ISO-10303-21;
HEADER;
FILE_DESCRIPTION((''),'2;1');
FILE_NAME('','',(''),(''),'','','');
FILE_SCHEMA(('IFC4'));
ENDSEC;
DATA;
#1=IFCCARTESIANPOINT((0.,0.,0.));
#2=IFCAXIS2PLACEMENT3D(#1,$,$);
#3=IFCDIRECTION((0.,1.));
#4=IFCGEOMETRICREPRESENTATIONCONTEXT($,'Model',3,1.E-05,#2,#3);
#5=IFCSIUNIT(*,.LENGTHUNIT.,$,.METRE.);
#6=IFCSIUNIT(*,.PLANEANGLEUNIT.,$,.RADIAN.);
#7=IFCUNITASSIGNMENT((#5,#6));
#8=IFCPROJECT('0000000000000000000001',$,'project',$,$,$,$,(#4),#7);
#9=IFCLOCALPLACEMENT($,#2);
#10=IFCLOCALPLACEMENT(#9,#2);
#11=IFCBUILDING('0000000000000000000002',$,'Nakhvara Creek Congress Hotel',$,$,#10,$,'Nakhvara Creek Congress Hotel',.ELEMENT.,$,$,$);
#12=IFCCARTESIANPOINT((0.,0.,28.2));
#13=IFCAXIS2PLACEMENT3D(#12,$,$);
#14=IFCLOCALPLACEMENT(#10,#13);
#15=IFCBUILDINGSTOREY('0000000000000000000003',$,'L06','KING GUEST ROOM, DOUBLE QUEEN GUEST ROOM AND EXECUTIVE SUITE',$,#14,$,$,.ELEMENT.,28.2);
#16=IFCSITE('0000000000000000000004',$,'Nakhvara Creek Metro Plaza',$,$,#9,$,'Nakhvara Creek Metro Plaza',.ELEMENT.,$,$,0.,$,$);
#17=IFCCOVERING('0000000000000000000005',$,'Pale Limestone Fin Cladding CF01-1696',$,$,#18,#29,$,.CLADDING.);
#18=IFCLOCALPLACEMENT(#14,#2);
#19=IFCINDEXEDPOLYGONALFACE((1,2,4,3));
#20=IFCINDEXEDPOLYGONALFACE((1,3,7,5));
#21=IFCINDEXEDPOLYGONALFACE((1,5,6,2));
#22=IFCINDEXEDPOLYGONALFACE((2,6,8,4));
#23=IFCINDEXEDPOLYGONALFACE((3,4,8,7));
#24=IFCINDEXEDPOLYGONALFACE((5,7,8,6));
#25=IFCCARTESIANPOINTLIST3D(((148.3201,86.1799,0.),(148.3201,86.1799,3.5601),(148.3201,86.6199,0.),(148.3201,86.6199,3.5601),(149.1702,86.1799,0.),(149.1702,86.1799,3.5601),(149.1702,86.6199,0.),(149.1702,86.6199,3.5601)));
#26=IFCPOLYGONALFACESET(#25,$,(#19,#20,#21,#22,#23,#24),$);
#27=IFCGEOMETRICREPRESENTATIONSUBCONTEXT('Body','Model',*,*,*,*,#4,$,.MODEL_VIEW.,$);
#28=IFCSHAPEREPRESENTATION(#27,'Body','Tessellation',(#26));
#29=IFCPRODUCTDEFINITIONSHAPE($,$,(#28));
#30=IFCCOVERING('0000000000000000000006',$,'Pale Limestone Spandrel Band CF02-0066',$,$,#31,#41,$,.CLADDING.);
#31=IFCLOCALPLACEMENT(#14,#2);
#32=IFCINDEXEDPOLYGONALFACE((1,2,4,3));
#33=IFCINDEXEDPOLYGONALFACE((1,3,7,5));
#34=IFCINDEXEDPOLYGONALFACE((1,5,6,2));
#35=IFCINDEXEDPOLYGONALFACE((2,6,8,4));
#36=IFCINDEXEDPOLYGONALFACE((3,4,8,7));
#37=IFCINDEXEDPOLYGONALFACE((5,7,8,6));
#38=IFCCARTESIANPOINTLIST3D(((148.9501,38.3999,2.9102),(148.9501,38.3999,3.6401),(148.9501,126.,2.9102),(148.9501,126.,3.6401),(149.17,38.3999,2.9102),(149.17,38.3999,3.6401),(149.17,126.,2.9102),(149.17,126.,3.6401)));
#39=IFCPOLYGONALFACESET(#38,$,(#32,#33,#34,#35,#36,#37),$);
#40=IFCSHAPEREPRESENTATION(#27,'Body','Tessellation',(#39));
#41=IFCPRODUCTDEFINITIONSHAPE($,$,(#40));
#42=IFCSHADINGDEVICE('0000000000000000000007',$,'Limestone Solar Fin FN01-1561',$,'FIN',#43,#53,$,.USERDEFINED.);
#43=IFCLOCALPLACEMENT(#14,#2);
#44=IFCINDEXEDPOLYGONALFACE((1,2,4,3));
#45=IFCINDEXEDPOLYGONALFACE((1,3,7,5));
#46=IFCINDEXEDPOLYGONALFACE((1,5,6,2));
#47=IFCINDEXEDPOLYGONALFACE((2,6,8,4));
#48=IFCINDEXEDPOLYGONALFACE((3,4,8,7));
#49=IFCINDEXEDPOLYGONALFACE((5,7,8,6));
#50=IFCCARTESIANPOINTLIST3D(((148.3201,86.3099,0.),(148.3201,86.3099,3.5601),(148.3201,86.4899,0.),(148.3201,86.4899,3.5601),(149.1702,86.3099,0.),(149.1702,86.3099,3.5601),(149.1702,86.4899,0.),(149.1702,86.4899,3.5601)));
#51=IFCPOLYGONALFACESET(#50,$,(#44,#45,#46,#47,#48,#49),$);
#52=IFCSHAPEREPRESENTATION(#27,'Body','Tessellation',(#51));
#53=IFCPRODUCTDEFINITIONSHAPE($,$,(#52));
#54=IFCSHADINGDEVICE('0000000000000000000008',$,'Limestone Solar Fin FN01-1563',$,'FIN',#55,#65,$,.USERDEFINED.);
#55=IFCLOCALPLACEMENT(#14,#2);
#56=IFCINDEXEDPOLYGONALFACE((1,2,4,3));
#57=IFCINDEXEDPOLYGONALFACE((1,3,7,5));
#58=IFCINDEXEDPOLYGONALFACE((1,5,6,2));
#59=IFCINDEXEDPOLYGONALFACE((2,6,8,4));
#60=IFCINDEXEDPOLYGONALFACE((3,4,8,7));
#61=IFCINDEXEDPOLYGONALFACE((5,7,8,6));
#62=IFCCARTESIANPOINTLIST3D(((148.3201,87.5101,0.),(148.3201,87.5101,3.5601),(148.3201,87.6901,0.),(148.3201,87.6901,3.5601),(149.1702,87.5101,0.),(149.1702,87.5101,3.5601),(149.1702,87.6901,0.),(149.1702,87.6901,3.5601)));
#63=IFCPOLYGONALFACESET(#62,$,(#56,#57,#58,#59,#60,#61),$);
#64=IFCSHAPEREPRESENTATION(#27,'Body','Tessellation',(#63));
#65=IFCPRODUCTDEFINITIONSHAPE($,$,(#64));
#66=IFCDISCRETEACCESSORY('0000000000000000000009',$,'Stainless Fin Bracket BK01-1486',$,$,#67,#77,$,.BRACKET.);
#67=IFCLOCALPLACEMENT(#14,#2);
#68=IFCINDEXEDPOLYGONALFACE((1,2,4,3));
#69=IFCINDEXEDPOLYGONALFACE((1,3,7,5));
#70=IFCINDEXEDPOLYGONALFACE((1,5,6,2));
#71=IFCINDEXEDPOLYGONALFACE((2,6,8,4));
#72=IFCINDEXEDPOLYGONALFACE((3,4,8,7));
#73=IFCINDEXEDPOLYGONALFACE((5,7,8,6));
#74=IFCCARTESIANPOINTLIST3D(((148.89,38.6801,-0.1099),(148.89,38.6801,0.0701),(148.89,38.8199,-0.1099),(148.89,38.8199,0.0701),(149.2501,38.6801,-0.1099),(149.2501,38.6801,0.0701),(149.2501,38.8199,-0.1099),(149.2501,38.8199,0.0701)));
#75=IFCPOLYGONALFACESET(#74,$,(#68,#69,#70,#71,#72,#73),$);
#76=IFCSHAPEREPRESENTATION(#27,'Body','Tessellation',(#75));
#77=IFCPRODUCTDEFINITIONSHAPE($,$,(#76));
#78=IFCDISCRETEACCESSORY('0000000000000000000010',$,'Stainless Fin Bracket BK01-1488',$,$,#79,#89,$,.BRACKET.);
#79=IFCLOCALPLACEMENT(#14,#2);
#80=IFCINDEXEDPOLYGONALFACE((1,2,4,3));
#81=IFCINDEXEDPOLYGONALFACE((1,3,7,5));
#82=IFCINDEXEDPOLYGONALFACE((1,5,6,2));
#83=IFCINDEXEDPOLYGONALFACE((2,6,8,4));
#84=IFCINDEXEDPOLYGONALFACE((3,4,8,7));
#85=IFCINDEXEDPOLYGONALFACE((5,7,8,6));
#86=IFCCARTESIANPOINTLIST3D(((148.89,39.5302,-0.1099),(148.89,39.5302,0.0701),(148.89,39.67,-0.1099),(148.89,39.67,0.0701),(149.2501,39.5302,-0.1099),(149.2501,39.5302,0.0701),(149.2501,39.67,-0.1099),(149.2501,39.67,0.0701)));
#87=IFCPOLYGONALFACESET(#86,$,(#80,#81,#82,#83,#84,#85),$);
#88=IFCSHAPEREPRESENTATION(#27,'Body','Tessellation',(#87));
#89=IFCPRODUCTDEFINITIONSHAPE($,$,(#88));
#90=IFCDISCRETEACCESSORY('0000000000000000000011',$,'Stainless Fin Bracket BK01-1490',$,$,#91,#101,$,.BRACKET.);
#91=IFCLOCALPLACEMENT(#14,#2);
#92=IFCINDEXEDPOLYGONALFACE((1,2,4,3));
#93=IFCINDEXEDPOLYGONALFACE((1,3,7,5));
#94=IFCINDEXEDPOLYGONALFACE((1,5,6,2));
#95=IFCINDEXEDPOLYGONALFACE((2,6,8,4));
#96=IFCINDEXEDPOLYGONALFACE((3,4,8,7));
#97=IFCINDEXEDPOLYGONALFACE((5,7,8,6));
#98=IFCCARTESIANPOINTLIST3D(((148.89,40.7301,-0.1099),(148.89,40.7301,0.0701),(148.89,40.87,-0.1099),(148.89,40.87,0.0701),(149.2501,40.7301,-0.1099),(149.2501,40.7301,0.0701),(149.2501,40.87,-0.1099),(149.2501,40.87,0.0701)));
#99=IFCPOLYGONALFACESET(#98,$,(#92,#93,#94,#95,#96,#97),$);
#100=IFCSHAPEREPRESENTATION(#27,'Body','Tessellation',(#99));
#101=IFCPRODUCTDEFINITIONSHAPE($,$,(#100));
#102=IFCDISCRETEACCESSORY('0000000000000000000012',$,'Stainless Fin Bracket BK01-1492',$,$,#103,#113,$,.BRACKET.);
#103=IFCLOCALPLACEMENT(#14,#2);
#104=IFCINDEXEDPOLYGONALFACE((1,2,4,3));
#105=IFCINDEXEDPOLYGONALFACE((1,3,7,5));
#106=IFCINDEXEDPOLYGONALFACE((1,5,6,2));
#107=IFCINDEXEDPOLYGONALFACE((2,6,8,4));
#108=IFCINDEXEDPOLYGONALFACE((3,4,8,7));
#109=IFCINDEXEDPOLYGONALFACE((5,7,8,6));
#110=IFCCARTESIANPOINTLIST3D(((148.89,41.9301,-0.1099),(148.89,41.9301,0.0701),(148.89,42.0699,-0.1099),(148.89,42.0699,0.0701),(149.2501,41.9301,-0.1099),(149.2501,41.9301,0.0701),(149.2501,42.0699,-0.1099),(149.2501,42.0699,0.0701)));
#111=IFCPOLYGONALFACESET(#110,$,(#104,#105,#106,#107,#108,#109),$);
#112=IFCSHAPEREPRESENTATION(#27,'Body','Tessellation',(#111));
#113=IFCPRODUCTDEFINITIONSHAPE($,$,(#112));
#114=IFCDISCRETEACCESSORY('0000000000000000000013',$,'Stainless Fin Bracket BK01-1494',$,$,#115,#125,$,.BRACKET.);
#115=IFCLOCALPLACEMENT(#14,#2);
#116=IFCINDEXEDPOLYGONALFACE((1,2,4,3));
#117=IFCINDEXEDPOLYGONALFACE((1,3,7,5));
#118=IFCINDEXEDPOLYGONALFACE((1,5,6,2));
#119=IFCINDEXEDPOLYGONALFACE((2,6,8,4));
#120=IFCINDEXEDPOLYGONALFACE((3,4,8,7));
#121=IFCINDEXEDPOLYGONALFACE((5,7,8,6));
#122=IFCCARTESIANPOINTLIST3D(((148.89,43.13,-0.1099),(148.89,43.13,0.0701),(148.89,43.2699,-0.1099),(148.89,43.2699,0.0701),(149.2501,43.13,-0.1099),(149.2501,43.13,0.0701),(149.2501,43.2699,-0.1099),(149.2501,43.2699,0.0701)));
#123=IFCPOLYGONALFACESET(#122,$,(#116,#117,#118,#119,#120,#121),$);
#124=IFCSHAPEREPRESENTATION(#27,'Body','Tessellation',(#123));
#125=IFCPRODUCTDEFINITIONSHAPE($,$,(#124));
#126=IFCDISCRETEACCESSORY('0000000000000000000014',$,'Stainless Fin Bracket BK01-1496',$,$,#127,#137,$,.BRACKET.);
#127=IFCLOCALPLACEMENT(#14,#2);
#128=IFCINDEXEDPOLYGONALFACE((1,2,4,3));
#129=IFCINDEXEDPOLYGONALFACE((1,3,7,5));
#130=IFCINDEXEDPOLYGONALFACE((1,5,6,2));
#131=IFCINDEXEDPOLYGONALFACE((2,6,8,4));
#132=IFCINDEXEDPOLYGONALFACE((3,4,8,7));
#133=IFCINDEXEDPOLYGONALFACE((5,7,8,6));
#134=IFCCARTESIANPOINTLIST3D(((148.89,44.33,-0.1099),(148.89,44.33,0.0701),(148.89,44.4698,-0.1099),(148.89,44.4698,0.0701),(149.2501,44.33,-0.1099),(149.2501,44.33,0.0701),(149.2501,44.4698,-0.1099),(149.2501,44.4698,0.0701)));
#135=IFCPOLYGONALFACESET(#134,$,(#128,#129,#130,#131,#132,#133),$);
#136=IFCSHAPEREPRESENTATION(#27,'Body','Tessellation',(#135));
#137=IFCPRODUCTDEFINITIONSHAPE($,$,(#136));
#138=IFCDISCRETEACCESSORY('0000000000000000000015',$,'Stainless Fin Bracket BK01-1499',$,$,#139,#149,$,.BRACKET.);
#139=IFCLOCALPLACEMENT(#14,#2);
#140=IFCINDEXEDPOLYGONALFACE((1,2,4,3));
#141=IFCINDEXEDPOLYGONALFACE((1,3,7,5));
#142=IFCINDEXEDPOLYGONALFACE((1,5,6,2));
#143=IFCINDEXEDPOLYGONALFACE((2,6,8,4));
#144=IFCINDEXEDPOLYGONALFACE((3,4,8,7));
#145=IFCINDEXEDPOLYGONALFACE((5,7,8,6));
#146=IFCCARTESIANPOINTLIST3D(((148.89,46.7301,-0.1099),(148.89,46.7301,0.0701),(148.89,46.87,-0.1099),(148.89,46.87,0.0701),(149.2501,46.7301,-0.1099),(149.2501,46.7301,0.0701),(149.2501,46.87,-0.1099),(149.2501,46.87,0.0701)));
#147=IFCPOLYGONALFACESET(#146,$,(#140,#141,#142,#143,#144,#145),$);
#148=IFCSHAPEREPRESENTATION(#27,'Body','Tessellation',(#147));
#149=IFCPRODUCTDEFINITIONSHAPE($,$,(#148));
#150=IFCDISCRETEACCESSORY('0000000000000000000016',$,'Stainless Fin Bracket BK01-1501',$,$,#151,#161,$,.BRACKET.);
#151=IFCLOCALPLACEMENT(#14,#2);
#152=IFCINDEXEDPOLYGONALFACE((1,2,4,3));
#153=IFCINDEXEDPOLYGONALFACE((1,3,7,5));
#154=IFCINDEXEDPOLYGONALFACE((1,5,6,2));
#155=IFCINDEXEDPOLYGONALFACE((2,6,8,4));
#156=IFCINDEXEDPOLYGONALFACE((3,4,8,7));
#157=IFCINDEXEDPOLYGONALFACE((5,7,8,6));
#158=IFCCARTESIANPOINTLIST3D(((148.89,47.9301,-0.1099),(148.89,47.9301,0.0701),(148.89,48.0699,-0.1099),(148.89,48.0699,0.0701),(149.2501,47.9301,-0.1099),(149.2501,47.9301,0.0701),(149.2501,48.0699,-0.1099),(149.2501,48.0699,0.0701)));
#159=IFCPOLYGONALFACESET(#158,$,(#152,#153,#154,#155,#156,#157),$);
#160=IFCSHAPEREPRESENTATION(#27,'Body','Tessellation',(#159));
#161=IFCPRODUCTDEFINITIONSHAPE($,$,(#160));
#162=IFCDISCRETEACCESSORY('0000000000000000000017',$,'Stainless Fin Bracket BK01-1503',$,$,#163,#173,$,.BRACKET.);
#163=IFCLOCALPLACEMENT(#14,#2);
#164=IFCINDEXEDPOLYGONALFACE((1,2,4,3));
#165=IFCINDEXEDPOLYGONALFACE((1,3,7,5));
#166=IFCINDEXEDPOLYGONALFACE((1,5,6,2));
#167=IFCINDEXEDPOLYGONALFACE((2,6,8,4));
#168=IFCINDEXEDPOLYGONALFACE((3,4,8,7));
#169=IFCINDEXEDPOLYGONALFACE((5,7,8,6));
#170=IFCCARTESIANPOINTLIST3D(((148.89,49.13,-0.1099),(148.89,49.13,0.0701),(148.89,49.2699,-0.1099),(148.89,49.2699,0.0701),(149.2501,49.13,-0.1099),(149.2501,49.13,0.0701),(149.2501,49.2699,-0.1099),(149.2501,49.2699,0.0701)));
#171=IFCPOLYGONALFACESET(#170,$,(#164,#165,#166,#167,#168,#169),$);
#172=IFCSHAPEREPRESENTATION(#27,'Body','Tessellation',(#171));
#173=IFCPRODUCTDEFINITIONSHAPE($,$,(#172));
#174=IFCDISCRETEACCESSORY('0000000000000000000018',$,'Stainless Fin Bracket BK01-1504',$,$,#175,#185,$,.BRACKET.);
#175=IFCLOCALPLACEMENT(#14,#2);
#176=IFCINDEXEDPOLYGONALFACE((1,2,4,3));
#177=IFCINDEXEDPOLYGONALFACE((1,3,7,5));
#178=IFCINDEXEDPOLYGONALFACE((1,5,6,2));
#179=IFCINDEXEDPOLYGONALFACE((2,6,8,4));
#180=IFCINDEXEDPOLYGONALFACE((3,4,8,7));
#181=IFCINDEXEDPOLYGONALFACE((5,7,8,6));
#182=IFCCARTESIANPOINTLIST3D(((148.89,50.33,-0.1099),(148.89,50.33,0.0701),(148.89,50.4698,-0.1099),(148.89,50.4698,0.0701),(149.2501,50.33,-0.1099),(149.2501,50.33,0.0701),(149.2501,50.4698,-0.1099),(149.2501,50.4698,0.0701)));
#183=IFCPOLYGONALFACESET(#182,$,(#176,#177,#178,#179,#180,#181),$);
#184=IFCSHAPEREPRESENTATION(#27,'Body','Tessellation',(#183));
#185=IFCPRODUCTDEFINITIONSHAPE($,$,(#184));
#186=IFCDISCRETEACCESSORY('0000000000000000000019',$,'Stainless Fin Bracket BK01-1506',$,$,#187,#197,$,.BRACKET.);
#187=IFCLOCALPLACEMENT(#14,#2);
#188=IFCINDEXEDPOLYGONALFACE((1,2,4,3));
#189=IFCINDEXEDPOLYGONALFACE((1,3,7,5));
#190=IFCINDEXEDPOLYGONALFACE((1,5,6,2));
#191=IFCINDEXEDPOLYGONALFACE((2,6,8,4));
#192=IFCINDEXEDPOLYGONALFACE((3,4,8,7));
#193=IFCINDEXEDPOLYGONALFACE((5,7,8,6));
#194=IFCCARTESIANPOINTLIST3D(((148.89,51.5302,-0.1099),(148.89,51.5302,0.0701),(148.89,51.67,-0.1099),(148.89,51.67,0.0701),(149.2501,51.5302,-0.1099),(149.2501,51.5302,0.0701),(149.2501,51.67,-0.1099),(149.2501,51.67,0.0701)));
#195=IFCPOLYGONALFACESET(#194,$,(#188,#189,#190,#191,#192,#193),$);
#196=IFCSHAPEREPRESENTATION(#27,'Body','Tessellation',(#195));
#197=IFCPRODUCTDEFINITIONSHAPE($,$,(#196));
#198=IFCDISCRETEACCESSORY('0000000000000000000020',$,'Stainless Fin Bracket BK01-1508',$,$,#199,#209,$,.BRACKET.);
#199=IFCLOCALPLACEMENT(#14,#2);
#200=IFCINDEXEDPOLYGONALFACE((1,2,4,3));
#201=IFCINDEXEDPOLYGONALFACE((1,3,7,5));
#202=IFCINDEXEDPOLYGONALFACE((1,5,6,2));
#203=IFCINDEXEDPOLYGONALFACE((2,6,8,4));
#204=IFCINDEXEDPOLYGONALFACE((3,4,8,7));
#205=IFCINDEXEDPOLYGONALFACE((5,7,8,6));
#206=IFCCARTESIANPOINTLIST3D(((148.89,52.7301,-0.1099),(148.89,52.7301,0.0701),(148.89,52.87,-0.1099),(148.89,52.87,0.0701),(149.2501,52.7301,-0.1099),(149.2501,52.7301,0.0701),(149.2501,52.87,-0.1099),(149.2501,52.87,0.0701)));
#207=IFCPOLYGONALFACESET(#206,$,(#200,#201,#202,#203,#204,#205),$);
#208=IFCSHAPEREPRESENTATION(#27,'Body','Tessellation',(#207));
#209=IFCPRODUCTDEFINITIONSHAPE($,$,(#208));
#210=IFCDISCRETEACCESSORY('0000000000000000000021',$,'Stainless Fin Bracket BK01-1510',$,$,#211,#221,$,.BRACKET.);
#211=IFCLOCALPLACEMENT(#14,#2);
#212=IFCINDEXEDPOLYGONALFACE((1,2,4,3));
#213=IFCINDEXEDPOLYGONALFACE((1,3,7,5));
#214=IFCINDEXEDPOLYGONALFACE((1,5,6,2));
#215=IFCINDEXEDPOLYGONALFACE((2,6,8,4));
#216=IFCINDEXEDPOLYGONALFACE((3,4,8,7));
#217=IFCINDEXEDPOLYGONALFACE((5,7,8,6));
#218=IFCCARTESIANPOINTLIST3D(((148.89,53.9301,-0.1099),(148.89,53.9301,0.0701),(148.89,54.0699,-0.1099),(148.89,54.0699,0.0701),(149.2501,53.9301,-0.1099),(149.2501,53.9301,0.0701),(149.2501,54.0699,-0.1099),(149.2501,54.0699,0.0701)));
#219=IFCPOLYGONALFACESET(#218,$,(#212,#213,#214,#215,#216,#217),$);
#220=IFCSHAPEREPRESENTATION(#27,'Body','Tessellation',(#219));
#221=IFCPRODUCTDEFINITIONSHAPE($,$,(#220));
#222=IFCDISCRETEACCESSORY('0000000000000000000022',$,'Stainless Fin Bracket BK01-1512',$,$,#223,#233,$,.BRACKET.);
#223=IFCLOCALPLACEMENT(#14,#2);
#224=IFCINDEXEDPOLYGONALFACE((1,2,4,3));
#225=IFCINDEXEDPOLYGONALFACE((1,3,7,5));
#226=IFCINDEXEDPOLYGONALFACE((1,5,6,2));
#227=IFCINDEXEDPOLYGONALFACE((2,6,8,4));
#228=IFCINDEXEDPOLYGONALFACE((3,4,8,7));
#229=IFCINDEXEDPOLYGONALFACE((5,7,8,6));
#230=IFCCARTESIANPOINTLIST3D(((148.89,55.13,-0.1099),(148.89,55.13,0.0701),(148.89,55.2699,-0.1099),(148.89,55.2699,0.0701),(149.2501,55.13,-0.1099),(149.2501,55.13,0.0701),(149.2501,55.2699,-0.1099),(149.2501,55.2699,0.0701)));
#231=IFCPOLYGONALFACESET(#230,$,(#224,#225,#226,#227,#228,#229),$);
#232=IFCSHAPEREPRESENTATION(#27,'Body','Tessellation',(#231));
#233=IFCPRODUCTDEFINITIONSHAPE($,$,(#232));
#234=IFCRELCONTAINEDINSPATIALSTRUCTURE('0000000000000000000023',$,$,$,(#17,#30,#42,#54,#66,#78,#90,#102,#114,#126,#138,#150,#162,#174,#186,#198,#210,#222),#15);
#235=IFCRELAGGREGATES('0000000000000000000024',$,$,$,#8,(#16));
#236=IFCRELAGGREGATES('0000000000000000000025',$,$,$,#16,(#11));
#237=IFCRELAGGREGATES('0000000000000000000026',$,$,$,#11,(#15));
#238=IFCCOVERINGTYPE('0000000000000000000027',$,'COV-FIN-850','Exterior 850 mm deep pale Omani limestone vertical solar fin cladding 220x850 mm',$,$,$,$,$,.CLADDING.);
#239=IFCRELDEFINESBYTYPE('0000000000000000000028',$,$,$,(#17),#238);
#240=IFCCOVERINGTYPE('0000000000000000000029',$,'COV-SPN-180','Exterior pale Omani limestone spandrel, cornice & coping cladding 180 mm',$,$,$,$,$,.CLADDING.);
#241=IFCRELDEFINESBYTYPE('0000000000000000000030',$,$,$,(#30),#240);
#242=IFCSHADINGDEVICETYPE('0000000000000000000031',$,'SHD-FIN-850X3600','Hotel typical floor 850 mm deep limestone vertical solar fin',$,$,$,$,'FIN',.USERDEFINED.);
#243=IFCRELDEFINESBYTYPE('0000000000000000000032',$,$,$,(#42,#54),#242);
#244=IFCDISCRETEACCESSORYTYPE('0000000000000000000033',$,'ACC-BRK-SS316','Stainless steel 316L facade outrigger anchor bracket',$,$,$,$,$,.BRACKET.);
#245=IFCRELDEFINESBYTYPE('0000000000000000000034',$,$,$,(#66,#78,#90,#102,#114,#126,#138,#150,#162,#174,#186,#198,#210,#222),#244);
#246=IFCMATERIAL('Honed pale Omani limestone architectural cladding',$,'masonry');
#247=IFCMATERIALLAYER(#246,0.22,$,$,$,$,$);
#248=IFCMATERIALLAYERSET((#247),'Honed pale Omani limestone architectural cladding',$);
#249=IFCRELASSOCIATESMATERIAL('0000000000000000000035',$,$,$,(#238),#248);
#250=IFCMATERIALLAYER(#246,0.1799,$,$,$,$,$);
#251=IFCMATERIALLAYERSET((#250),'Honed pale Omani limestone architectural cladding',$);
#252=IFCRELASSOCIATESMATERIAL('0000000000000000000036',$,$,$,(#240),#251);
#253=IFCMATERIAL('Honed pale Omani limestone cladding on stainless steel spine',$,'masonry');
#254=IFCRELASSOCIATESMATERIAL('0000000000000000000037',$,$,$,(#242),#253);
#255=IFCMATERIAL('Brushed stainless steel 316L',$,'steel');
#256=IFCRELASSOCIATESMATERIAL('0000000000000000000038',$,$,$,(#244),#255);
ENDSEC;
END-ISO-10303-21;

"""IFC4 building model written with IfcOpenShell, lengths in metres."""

from ifc_helpers import new_model, si_unit, direction, frame, origin, origin_2d, place, context, subcontext, project, spatial, rectangle, extrude, material, layer, layer_set, type_object, element, save


model = new_model("IFC4")

# Units and contexts
model_context = context("Model", 3, precision=1e-05, world=origin(), true_north=direction((0.0, 1.0)))
body_context = subcontext(model_context, "Body", "Model", "MODEL_VIEW")
ifc_project = project(units=[si_unit("LENGTHUNIT", "METRE"), si_unit("PLANEANGLEUNIT", "RADIAN")], contexts=[model_context])

# Site, building, storey
site_placement = place(None, origin())
site = spatial("IfcSite", under=ifc_project, at=site_placement, Name="Nakhvara Creek Metro Plaza", LongName="Nakhvara Creek Metro Plaza", CompositionType="ELEMENT", RefElevation=0.0)
building_placement = place(site_placement, origin())
building = spatial("IfcBuilding", under=site, at=building_placement, Name="Nakhvara Creek Congress Hotel", LongName="Nakhvara Creek Congress Hotel", CompositionType="ELEMENT")
storey_placement = place(building_placement, frame((0.0, 0.0, 28.2)))
storey = spatial("IfcBuildingStorey", under=building, at=storey_placement, Name="L06", Description="KING GUEST ROOM, DOUBLE QUEEN GUEST ROOM AND EXECUTIVE SUITE", CompositionType="ELEMENT", Elevation=28.2)

# Coverings
ifc_material_1 = material(Name="Honed pale Omani limestone architectural cladding", Category="masonry")
ifc_layer_1 = layer(ifc_material_1, 0.22)
ifc_layer_set_1 = layer_set([ifc_layer_1], Name="Honed pale Omani limestone architectural cladding")
covering_type_1 = type_object("IfcCoveringType", Name="COV-FIN-850", Description="Exterior 850 mm deep pale Omani limestone vertical solar fin cladding 220x850 mm", PredefinedType="CLADDING", material=ifc_layer_set_1)
covering_1_placement = place(storey_placement, frame((148.7451, 86.3999, 0.0), z_axis=(0.0, 0.0, 1.0), x_axis=(0.0, 1.0, 0.0)))
element("IfcCovering", 1, at=covering_1_placement, inside=storey, type_object=covering_type_1, Name="Pale Limestone Fin Cladding CF01-1696", PredefinedType="CLADDING", context=body_context, shape_type="SweptSolid", body=[
    extrude(rectangle(XDim=0.4399, YDim=0.8501, at=origin_2d()), origin(), (0.0, 0.0, 1.0), 3.5601),
])
ifc_layer_2 = layer(ifc_material_1, 0.1799)
ifc_layer_set_2 = layer_set([ifc_layer_2], Name="Honed pale Omani limestone architectural cladding")
covering_type_2 = type_object("IfcCoveringType", Name="COV-SPN-180", Description="Exterior pale Omani limestone spandrel, cornice & coping cladding 180 mm", PredefinedType="CLADDING", material=ifc_layer_set_2)
covering_2_placement = place(storey_placement, frame((149.0601, 82.2, 2.9102), z_axis=(0.0, 0.0, 1.0), x_axis=(0.0, 1.0, 0.0)))
element("IfcCovering", 2, at=covering_2_placement, inside=storey, type_object=covering_type_2, Name="Pale Limestone Spandrel Band CF02-0066", PredefinedType="CLADDING", context=body_context, shape_type="SweptSolid", body=[
    extrude(rectangle(XDim=87.6001, YDim=0.22, at=origin_2d()), origin(), (0.0, 0.0, 1.0), 0.73),
])

# Shading devices
ifc_material_2 = material(Name="Honed pale Omani limestone cladding on stainless steel spine", Category="masonry")
shading_device_type = type_object("IfcShadingDeviceType", Name="SHD-FIN-850X3600", Description="Hotel typical floor 850 mm deep limestone vertical solar fin", ElementType="FIN", PredefinedType="USERDEFINED", material=ifc_material_2)
for number, where, z_axis, x_axis, name in (
    (3, (148.7451, 86.3999, 0.0), (0.0, 0.0, 1.0), (0.0, 1.0, 0.0), "Limestone Solar Fin FN01-1561"),
    (4, (148.7451, 87.6001, 0.0), (0.0, 0.0, 1.0), (0.0, 1.0, 0.0), "Limestone Solar Fin FN01-1563"),
):
    element("IfcShadingDevice", number, at=place(storey_placement, frame(where, z_axis=z_axis, x_axis=x_axis)), inside=storey, type_object=shading_device_type, Name=name, ObjectType="FIN", PredefinedType="USERDEFINED", context=body_context, shape_type="SweptSolid", body=[
        extrude(rectangle(XDim=0.1799, YDim=0.8501, at=origin_2d()), origin(), (0.0, 0.0, 1.0), 3.5601),
    ])

# Discrete accessories
ifc_material_3 = material(Name="Brushed stainless steel 316L", Category="steel")
discrete_accessory_type = type_object("IfcDiscreteAccessoryType", Name="ACC-BRK-SS316", Description="Stainless steel 316L facade outrigger anchor bracket", PredefinedType="BRACKET", material=ifc_material_3)
for number, where, z_axis, x_axis, name in (
    (5, (149.0701, 38.75, -0.1099), (0.0, 0.0, 1.0), (0.0, 1.0, 0.0), "Stainless Fin Bracket BK01-1486"),
    (6, (149.0701, 39.6001, -0.1099), (0.0, 0.0, 1.0), (0.0, 1.0, 0.0), "Stainless Fin Bracket BK01-1488"),
    (7, (149.0701, 40.8, -0.1099), (0.0, 0.0, 1.0), (0.0, 1.0, 0.0), "Stainless Fin Bracket BK01-1490"),
    (8, (149.0701, 42.0, -0.1099), (0.0, 0.0, 1.0), (0.0, 1.0, 0.0), "Stainless Fin Bracket BK01-1492"),
    (9, (149.0701, 43.2, -0.1099), (0.0, 0.0, 1.0), (0.0, 1.0, 0.0), "Stainless Fin Bracket BK01-1494"),
    (10, (149.0701, 44.3999, -0.1099), (0.0, 0.0, 1.0), (0.0, 1.0, 0.0), "Stainless Fin Bracket BK01-1496"),
    (11, (149.0701, 46.8, -0.1099), (0.0, 0.0, 1.0), (0.0, 1.0, 0.0), "Stainless Fin Bracket BK01-1499"),
    (12, (149.0701, 48.0, -0.1099), (0.0, 0.0, 1.0), (0.0, 1.0, 0.0), "Stainless Fin Bracket BK01-1501"),
    (13, (149.0701, 49.2, -0.1099), (0.0, 0.0, 1.0), (0.0, 1.0, 0.0), "Stainless Fin Bracket BK01-1503"),
    (14, (149.0701, 50.3999, -0.1099), (0.0, 0.0, 1.0), (0.0, 1.0, 0.0), "Stainless Fin Bracket BK01-1504"),
    (15, (149.0701, 51.6001, -0.1099), (0.0, 0.0, 1.0), (0.0, 1.0, 0.0), "Stainless Fin Bracket BK01-1506"),
    (16, (149.0701, 52.8, -0.1099), (0.0, 0.0, 1.0), (0.0, 1.0, 0.0), "Stainless Fin Bracket BK01-1508"),
    (17, (149.0701, 54.0, -0.1099), (0.0, 0.0, 1.0), (0.0, 1.0, 0.0), "Stainless Fin Bracket BK01-1510"),
    (18, (149.0701, 55.2, -0.1099), (0.0, 0.0, 1.0), (0.0, 1.0, 0.0), "Stainless Fin Bracket BK01-1512"),
):
    element("IfcDiscreteAccessory", number, at=place(storey_placement, frame(where, z_axis=z_axis, x_axis=x_axis)), inside=storey, type_object=discrete_accessory_type, Name=name, PredefinedType="BRACKET", context=body_context, shape_type="SweptSolid", body=[
        extrude(rectangle(XDim=0.1399, YDim=0.3601, at=origin_2d()), origin(), (0.0, 0.0, 1.0), 0.1799),
    ])

save(model, "model.ifc")
